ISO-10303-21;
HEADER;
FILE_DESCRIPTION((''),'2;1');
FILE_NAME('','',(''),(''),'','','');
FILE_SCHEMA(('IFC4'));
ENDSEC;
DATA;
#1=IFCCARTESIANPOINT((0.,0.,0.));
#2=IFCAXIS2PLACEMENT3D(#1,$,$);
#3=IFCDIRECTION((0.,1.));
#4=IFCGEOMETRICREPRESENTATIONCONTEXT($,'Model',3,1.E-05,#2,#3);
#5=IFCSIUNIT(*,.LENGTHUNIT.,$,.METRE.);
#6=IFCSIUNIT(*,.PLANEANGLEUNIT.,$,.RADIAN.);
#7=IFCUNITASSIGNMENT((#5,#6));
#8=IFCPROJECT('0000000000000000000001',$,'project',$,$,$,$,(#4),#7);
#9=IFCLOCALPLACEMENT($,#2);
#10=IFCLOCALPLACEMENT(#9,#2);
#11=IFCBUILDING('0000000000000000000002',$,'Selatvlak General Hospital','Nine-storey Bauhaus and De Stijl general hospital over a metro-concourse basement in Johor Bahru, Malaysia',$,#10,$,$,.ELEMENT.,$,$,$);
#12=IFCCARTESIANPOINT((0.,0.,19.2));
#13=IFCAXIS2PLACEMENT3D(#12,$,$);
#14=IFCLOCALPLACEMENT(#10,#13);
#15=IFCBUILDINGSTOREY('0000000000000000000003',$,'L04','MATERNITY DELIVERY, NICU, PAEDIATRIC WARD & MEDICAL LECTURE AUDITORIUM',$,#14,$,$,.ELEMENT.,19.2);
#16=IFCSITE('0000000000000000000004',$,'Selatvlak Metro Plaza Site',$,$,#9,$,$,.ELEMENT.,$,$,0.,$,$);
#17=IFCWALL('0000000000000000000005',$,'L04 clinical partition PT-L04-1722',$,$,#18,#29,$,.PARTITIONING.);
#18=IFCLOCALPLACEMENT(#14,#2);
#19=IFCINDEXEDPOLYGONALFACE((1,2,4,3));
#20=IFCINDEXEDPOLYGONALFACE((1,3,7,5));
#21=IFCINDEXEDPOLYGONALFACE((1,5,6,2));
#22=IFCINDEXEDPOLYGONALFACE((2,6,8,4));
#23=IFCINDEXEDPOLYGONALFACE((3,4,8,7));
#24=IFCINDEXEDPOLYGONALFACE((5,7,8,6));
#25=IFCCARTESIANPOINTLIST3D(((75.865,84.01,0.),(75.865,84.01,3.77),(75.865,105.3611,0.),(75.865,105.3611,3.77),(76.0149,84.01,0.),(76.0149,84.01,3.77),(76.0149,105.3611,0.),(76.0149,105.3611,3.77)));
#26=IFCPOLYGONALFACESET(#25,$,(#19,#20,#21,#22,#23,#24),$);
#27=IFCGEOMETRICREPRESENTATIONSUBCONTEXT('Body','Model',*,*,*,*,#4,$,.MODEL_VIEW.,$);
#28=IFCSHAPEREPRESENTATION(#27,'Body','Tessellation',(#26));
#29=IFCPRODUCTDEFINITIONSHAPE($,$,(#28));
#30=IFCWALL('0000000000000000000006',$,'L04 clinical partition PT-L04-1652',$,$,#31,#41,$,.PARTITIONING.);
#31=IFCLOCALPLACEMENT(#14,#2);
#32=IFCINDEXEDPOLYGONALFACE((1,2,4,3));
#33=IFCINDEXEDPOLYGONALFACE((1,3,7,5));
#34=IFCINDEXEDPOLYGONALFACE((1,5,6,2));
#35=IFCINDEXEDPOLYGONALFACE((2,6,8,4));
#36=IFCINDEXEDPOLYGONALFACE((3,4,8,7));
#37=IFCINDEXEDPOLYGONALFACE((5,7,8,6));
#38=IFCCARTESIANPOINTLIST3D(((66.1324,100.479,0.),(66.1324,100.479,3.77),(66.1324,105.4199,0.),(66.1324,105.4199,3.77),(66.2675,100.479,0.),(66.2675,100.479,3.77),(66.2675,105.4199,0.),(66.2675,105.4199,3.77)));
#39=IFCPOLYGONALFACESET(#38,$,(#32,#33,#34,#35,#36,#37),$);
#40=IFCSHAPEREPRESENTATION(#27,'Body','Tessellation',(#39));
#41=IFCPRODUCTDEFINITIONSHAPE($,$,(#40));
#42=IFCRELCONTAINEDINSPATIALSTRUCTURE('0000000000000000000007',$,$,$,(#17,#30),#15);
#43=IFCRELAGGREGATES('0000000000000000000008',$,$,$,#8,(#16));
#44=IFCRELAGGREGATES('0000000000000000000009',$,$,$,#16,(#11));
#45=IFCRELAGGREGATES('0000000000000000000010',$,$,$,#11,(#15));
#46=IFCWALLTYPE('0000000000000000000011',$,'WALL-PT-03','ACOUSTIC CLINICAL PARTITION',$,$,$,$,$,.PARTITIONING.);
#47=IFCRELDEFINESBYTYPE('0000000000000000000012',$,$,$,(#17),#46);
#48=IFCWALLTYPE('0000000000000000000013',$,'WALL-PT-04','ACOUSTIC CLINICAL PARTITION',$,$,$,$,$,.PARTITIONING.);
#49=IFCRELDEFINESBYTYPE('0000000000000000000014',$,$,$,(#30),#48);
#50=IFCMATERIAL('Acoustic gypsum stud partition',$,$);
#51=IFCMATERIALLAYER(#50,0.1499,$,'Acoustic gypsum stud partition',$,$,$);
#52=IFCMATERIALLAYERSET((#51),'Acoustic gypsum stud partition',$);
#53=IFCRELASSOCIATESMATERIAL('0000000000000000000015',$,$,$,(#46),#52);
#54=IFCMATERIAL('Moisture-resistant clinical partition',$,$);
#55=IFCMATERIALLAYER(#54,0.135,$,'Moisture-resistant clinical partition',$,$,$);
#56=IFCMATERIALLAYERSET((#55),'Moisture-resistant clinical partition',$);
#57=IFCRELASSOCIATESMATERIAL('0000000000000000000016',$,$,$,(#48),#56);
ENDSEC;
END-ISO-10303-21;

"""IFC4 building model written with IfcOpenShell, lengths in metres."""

from ifc_helpers import new_model, si_unit, direction, frame, frame_2d, origin, place, context, subcontext, project, spatial, rectangle, extrude, material, layer, layer_set, type_object, element, save


model = new_model("IFC4")

# Units and contexts
model_context = context("Model", 3, precision=1e-05, world=origin(), true_north=direction((0.0, 1.0)))
body_context = subcontext(model_context, "Body", "Model", "MODEL_VIEW")
ifc_project = project(units=[si_unit("LENGTHUNIT", "METRE"), si_unit("PLANEANGLEUNIT", "RADIAN")], contexts=[model_context])

# Site, building, storey
site_placement = place(None, origin())
site = spatial("IfcSite", under=ifc_project, at=site_placement, Name="Selatvlak Metro Plaza Site", CompositionType="ELEMENT", RefElevation=0.0)
building_placement = place(site_placement, origin())
building = spatial("IfcBuilding", under=site, at=building_placement, Name="Selatvlak General Hospital", Description="Nine-storey Bauhaus and De Stijl general hospital over a metro-concourse basement in Johor Bahru, Malaysia", CompositionType="ELEMENT")
storey_placement = place(building_placement, frame((0.0, 0.0, 19.2)))
storey = spatial("IfcBuildingStorey", under=building, at=storey_placement, Name="L04", Description="MATERNITY DELIVERY, NICU, PAEDIATRIC WARD & MEDICAL LECTURE AUDITORIUM", CompositionType="ELEMENT", Elevation=19.2)

# Shared definitions
ifc_material_1 = material(Name="Acoustic gypsum stud partition")

# Walls
ifc_layer_1 = layer(ifc_material_1, 0.1499, Name="Acoustic gypsum stud partition")
ifc_layer_set_1 = layer_set([ifc_layer_1], Name="Acoustic gypsum stud partition")
wall_type_1 = type_object("IfcWallType", Name="WALL-PT-03", Description="ACOUSTIC CLINICAL PARTITION", PredefinedType="PARTITIONING", material=ifc_layer_set_1)
wall_1_placement = place(storey_placement, frame((75.9399, 105.3611, 0.0), z_axis=(0.0, 0.0, 1.0), x_axis=(0.0, -1.0, 0.0)))
element("IfcWall", 1, at=wall_1_placement, inside=storey, type_object=wall_type_1, Name="L04 clinical partition PT-L04-1722", PredefinedType="PARTITIONING", context=body_context, shape_type="SweptSolid", body=[
    extrude(rectangle(XDim=21.3511, YDim=0.1499, at=frame_2d((10.6755, 0.0))), origin(), (0.0, 0.0, 1.0), 3.77),
])
ifc_material_2 = material(Name="Moisture-resistant clinical partition")
ifc_layer_2 = layer(ifc_material_2, 0.135, Name="Moisture-resistant clinical partition")
ifc_layer_set_2 = layer_set([ifc_layer_2], Name="Moisture-resistant clinical partition")
wall_type_2 = type_object("IfcWallType", Name="WALL-PT-04", Description="ACOUSTIC CLINICAL PARTITION", PredefinedType="PARTITIONING", material=ifc_layer_set_2)
wall_2_placement = place(storey_placement, frame((66.2, 100.479, 0.0), z_axis=(0.0, 0.0, 1.0), x_axis=(0.0, 1.0, 0.0)))
element("IfcWall", 2, at=wall_2_placement, inside=storey, type_object=wall_type_2, Name="L04 clinical partition PT-L04-1652", PredefinedType="PARTITIONING", context=body_context, shape_type="SweptSolid", body=[
    extrude(rectangle(XDim=4.9409, YDim=0.135, at=frame_2d((2.4705, 0.0))), origin(), (0.0, 0.0, 1.0), 3.77),
])

save(model, "model.ifc")
